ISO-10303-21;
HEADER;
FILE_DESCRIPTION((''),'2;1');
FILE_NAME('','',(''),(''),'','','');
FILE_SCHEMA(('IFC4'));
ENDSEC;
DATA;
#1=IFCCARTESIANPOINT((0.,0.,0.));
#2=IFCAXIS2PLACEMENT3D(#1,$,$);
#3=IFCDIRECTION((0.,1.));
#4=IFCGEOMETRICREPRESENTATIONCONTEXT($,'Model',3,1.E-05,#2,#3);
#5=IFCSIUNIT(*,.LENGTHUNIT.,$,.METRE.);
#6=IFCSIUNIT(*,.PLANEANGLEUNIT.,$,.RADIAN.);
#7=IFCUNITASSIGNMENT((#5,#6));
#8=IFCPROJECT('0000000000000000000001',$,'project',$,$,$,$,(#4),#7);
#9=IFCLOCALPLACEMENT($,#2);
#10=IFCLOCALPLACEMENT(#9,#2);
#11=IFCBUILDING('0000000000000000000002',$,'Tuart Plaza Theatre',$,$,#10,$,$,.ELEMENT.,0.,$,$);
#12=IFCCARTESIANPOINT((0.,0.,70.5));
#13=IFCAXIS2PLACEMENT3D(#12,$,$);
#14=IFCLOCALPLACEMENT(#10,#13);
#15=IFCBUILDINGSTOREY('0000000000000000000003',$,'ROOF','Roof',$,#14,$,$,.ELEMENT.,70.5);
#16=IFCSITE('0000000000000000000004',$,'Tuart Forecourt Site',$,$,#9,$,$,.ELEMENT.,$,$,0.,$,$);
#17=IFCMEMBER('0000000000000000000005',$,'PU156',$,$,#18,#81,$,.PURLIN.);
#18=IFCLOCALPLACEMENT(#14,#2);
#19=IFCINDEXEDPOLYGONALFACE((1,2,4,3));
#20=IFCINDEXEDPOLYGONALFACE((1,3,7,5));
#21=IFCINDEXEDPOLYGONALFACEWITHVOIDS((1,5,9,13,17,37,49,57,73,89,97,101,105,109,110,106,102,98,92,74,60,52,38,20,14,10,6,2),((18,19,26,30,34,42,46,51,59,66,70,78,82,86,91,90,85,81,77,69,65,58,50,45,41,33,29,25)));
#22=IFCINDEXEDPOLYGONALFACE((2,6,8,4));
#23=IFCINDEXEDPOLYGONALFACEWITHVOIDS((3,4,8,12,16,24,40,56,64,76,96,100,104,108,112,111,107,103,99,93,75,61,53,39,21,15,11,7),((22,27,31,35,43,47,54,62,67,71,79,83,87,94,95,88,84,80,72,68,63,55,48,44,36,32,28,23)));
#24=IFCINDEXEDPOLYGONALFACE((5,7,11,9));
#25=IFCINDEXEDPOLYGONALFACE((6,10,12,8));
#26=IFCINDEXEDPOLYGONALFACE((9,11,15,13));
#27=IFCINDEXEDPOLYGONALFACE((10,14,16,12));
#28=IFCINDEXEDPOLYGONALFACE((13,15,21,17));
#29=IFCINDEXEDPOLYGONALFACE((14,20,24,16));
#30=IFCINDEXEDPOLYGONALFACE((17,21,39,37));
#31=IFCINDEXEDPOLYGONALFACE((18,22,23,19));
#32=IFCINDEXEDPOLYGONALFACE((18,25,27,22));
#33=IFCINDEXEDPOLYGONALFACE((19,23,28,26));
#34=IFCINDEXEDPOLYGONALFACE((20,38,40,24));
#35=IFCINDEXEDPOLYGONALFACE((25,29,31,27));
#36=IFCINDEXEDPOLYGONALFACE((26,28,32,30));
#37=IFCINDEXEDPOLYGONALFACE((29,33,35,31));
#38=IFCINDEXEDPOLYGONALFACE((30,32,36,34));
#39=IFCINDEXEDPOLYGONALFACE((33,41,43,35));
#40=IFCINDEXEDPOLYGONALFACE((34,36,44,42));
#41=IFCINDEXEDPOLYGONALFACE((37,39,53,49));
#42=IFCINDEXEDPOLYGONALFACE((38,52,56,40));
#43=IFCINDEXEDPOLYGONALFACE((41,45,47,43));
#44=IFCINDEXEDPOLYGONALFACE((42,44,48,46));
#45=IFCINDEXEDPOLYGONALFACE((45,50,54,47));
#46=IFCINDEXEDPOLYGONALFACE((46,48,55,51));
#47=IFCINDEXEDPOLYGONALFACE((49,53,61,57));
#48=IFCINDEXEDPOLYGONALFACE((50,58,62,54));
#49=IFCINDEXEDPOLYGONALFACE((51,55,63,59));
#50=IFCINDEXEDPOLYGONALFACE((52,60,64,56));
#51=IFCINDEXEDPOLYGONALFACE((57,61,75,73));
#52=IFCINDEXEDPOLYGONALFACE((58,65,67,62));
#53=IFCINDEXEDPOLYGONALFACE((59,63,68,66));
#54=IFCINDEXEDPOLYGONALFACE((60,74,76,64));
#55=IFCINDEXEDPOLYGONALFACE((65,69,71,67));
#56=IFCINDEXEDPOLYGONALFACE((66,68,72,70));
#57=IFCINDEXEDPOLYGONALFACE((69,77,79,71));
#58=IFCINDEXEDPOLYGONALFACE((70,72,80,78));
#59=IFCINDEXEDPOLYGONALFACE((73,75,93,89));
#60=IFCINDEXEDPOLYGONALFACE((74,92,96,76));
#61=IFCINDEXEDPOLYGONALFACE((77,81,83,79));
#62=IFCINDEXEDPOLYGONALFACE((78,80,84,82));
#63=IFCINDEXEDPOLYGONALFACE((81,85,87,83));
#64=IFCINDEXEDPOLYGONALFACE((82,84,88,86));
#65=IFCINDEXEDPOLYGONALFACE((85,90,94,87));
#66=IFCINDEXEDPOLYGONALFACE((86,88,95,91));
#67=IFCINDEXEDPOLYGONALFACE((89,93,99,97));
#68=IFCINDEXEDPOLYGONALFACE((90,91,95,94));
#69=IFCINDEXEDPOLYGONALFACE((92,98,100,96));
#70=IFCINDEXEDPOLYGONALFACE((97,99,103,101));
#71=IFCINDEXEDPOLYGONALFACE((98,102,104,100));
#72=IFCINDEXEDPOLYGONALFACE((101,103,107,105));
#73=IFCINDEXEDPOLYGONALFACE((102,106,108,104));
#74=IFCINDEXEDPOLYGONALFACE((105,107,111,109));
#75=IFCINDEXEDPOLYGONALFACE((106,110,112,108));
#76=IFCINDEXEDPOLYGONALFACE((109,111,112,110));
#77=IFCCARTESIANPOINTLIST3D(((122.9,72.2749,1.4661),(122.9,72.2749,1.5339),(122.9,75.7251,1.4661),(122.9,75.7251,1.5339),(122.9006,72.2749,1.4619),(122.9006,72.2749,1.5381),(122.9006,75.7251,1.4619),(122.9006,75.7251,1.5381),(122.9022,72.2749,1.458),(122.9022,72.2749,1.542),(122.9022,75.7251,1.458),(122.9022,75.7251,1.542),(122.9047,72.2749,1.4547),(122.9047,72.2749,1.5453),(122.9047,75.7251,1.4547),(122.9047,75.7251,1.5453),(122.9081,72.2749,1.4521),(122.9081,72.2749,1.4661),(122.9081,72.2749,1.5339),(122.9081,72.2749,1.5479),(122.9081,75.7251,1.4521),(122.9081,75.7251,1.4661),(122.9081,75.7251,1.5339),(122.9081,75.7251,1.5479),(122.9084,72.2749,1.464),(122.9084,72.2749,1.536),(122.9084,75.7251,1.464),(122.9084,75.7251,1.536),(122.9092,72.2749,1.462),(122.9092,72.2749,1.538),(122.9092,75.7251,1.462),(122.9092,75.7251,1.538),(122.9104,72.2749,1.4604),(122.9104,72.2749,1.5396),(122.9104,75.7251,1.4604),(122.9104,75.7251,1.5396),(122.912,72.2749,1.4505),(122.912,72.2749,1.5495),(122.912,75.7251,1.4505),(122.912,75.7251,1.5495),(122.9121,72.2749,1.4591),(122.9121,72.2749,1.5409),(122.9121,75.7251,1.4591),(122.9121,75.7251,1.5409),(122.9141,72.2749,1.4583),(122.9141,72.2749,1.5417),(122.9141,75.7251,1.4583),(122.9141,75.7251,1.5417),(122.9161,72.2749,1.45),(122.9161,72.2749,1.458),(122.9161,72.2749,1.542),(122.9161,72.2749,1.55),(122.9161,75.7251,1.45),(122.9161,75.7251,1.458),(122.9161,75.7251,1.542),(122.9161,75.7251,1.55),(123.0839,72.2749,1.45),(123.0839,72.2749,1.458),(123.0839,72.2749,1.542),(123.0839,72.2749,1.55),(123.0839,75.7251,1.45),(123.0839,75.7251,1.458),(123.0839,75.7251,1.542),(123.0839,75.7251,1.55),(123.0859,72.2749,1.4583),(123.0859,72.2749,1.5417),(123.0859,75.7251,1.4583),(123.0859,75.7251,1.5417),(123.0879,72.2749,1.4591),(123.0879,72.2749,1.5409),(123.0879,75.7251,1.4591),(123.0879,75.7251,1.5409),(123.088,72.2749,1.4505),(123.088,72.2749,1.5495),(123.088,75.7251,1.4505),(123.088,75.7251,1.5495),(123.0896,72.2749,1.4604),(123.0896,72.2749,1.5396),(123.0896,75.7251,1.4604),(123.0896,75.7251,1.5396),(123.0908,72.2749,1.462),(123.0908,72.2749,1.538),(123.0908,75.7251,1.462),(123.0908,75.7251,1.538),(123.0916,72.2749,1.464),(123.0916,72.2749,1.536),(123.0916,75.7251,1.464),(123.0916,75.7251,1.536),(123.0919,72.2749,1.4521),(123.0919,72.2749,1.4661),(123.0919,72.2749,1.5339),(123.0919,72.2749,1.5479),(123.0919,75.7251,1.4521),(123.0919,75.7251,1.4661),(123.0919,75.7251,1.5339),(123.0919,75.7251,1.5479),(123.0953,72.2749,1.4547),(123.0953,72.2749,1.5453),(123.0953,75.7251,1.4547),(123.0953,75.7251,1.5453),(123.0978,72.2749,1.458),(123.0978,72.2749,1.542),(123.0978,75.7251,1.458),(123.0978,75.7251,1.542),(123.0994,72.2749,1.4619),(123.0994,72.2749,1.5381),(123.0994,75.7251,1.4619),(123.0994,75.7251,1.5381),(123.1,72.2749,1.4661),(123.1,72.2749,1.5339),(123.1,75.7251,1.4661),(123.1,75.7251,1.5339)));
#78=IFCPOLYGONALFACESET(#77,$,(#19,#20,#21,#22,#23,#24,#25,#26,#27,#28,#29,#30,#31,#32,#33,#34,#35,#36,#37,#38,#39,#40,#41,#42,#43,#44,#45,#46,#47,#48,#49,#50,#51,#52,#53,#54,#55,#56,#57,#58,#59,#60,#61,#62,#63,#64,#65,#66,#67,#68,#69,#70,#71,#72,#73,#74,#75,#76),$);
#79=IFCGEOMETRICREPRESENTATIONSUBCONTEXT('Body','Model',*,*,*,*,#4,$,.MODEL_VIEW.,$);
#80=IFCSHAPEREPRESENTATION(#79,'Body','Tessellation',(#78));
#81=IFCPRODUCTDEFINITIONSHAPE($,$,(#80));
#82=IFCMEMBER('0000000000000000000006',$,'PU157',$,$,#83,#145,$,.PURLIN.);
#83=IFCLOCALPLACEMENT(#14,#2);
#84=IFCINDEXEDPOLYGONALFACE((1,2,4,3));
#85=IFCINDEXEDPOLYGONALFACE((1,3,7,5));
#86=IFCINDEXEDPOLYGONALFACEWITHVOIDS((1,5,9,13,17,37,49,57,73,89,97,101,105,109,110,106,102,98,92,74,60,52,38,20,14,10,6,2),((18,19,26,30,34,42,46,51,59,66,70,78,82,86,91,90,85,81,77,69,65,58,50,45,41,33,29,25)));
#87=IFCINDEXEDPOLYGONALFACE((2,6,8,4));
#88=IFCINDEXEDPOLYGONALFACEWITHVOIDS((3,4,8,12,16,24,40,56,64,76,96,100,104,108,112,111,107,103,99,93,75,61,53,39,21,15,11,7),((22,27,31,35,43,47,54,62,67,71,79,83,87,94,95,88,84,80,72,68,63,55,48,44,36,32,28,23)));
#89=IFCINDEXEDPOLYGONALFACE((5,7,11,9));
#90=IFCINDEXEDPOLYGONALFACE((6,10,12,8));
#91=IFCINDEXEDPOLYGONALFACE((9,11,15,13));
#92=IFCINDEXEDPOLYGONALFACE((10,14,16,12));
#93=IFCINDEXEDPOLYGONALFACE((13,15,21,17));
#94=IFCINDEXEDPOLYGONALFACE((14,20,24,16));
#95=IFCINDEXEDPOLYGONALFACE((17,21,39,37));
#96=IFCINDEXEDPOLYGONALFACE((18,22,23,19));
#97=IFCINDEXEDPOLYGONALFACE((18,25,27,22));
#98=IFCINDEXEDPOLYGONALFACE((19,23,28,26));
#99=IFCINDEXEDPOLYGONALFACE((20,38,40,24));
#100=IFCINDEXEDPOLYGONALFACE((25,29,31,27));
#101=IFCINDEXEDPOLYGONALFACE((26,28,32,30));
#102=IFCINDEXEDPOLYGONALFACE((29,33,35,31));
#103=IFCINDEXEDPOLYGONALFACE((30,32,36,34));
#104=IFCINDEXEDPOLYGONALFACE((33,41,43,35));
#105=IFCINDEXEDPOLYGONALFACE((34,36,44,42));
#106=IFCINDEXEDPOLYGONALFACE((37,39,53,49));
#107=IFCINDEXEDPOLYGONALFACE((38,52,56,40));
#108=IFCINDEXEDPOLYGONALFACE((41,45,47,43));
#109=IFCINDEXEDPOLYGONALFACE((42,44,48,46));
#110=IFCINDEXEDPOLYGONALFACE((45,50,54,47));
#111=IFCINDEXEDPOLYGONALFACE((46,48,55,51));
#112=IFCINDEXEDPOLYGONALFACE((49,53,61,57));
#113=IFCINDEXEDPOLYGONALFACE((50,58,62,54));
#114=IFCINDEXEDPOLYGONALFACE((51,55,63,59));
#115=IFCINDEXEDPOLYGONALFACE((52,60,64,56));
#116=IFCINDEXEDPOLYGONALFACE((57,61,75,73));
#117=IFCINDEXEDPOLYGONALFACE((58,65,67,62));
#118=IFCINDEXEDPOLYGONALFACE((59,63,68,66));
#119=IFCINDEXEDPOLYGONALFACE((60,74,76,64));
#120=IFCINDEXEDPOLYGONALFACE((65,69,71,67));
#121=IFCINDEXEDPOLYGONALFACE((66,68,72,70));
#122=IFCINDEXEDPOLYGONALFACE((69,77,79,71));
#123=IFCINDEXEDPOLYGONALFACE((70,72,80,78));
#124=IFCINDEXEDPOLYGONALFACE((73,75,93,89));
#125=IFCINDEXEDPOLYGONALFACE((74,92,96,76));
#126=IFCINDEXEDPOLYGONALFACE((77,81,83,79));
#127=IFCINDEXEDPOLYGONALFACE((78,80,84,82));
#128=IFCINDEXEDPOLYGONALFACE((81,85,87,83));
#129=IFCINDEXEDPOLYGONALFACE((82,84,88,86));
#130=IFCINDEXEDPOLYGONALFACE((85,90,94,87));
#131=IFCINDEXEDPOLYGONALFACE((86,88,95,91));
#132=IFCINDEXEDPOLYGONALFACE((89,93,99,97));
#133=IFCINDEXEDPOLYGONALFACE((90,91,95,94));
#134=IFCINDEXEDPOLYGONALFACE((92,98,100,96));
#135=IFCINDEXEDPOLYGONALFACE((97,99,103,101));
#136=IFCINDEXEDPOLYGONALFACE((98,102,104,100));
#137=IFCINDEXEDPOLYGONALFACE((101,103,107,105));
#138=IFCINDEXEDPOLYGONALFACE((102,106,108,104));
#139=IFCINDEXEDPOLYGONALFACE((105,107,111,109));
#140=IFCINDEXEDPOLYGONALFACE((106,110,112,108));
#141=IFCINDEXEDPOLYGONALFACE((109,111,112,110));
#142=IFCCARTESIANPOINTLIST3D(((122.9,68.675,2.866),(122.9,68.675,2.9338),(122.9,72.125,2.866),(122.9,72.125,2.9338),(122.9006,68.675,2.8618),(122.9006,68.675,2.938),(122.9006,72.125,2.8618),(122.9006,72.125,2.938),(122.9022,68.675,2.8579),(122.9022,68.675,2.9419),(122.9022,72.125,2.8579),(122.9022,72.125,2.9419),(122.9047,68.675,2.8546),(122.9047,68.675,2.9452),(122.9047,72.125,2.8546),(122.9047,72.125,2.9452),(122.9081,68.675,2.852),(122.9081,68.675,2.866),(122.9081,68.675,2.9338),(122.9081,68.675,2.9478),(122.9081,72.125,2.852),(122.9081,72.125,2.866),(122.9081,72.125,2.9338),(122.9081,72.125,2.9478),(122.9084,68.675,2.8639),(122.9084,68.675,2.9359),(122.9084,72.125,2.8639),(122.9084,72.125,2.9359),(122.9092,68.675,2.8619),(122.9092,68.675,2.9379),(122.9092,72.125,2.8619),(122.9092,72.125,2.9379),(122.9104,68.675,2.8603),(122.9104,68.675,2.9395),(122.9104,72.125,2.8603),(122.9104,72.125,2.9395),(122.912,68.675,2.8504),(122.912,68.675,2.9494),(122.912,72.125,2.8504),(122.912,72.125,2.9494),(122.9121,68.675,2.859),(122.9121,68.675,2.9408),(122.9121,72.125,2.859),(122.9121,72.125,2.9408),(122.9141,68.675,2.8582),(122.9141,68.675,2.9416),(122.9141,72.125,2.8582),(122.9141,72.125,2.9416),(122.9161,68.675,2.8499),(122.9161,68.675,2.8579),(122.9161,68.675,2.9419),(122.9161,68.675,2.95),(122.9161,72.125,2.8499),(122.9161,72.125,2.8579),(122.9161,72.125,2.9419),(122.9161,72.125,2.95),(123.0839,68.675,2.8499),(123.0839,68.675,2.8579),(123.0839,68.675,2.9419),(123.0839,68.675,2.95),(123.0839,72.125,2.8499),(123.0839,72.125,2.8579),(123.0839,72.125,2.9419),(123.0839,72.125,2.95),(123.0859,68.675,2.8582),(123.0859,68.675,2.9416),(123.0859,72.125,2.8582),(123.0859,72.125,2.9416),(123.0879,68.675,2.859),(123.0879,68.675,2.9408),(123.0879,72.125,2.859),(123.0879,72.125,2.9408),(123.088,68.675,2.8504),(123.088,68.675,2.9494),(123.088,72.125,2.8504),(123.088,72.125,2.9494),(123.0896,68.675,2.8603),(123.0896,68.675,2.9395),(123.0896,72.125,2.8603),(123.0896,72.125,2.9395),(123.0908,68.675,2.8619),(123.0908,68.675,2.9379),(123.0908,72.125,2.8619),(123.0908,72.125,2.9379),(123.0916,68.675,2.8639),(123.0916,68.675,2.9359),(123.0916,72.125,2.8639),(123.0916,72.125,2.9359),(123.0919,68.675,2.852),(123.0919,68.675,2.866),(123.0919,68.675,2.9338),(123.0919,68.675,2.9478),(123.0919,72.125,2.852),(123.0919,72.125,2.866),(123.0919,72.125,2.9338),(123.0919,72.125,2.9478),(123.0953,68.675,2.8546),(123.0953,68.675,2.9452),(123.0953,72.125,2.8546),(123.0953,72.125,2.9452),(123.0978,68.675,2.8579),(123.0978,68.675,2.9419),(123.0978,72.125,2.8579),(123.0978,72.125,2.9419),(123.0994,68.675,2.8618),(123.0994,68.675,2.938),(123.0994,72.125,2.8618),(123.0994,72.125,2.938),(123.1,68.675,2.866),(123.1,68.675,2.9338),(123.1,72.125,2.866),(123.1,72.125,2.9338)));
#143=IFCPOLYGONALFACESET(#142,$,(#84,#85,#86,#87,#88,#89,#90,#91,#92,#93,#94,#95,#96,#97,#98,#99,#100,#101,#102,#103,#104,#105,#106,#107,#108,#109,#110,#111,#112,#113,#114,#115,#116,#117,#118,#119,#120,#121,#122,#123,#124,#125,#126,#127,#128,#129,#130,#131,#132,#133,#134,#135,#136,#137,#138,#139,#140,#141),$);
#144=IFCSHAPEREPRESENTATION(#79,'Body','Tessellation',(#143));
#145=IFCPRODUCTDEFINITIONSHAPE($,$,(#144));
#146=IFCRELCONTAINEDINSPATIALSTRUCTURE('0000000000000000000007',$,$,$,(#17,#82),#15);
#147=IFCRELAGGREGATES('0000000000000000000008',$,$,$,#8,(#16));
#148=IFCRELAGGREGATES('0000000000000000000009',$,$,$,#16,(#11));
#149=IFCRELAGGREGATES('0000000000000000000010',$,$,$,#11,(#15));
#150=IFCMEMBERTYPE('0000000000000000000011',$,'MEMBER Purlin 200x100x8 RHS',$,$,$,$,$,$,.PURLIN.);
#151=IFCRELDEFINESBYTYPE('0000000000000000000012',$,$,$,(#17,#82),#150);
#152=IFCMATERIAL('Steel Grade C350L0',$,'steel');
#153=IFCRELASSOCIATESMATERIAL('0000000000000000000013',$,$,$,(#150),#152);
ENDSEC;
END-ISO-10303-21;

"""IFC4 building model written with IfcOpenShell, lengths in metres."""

from ifc_helpers import new_model, si_unit, direction, frame, origin, origin_2d, place, context, subcontext, project, spatial, hollow_rectangle, extrude, material, material_profile, profile_set, type_object, element, save


model = new_model("IFC4")

# Units and contexts
model_context = context("Model", 3, precision=1e-05, world=origin(), true_north=direction((0.0, 1.0)))
body_context = subcontext(model_context, "Body", "Model", "MODEL_VIEW")
ifc_project = project(units=[si_unit("LENGTHUNIT", "METRE"), si_unit("PLANEANGLEUNIT", "RADIAN")], contexts=[model_context])

# Site, building, storey
site_placement = place(None, origin())
site = spatial("IfcSite", under=ifc_project, at=site_placement, Name="Tuart Forecourt Site", CompositionType="ELEMENT", RefElevation=0.0)
building_placement = place(site_placement, origin())
building = spatial("IfcBuilding", under=site, at=building_placement, Name="Tuart Plaza Theatre", CompositionType="ELEMENT", ElevationOfRefHeight=0.0)
storey_placement = place(building_placement, frame((0.0, 0.0, 70.5)))
storey = spatial("IfcBuildingStorey", under=building, at=storey_placement, Name="ROOF", Description="Roof", CompositionType="ELEMENT", Elevation=70.5)

# Members
ifc_material_1 = material(Name="Steel Grade C350L0", Category="steel")
ifc_material_profile_1 = material_profile(ifc_material_1, hollow_rectangle(XDim=0.1001, YDim=0.2, WallThickness=0.0081, InnerFilletRadius=0.0081, OuterFilletRadius=0.0161, at=origin_2d()), Name="200x100x8 RHS")
ifc_profile_set_1 = profile_set([ifc_material_profile_1], Name="Steel Grade C350L0")
member_type_1 = type_object("IfcMemberType", Name="MEMBER Purlin 200x100x8 RHS", PredefinedType="PURLIN", material=ifc_profile_set_1)
for number, where, z_axis, x_axis, name in (
    (1, (123.0, 75.7251, 1.5), (0.0, -1.0, 0.0), (0.0, 0.0, 1.0), "PU156"),
):
    element("IfcMember", number, at=place(storey_placement, frame(where, z_axis=z_axis, x_axis=x_axis)), inside=storey, type_object=member_type_1, Name=name, PredefinedType="PURLIN", context=body_context, shape_type="SweptSolid", body=[
        extrude(hollow_rectangle(XDim=0.1001, YDim=0.2, WallThickness=0.0081, InnerFilletRadius=0.0081, OuterFilletRadius=0.0161, at=origin_2d()), origin(), (0.0, 0.0, 1.0), 3.4502),
    ])
for number, where, z_axis, x_axis, name in (
    (2, (123.0, 72.125, 2.8999), (0.0, -1.0, 0.0), (0.0, 0.0, 1.0), "PU157"),
):
    element("IfcMember", number, at=place(storey_placement, frame(where, z_axis=z_axis, x_axis=x_axis)), inside=storey, type_object=member_type_1, Name=name, PredefinedType="PURLIN", context=body_context, shape_type="SweptSolid", body=[
        extrude(hollow_rectangle(XDim=0.1001, YDim=0.2, WallThickness=0.0081, InnerFilletRadius=0.0081, OuterFilletRadius=0.0161, at=origin_2d()), origin(), (0.0, 0.0, 1.0), 3.45),
    ])

save(model, "model.ifc")
